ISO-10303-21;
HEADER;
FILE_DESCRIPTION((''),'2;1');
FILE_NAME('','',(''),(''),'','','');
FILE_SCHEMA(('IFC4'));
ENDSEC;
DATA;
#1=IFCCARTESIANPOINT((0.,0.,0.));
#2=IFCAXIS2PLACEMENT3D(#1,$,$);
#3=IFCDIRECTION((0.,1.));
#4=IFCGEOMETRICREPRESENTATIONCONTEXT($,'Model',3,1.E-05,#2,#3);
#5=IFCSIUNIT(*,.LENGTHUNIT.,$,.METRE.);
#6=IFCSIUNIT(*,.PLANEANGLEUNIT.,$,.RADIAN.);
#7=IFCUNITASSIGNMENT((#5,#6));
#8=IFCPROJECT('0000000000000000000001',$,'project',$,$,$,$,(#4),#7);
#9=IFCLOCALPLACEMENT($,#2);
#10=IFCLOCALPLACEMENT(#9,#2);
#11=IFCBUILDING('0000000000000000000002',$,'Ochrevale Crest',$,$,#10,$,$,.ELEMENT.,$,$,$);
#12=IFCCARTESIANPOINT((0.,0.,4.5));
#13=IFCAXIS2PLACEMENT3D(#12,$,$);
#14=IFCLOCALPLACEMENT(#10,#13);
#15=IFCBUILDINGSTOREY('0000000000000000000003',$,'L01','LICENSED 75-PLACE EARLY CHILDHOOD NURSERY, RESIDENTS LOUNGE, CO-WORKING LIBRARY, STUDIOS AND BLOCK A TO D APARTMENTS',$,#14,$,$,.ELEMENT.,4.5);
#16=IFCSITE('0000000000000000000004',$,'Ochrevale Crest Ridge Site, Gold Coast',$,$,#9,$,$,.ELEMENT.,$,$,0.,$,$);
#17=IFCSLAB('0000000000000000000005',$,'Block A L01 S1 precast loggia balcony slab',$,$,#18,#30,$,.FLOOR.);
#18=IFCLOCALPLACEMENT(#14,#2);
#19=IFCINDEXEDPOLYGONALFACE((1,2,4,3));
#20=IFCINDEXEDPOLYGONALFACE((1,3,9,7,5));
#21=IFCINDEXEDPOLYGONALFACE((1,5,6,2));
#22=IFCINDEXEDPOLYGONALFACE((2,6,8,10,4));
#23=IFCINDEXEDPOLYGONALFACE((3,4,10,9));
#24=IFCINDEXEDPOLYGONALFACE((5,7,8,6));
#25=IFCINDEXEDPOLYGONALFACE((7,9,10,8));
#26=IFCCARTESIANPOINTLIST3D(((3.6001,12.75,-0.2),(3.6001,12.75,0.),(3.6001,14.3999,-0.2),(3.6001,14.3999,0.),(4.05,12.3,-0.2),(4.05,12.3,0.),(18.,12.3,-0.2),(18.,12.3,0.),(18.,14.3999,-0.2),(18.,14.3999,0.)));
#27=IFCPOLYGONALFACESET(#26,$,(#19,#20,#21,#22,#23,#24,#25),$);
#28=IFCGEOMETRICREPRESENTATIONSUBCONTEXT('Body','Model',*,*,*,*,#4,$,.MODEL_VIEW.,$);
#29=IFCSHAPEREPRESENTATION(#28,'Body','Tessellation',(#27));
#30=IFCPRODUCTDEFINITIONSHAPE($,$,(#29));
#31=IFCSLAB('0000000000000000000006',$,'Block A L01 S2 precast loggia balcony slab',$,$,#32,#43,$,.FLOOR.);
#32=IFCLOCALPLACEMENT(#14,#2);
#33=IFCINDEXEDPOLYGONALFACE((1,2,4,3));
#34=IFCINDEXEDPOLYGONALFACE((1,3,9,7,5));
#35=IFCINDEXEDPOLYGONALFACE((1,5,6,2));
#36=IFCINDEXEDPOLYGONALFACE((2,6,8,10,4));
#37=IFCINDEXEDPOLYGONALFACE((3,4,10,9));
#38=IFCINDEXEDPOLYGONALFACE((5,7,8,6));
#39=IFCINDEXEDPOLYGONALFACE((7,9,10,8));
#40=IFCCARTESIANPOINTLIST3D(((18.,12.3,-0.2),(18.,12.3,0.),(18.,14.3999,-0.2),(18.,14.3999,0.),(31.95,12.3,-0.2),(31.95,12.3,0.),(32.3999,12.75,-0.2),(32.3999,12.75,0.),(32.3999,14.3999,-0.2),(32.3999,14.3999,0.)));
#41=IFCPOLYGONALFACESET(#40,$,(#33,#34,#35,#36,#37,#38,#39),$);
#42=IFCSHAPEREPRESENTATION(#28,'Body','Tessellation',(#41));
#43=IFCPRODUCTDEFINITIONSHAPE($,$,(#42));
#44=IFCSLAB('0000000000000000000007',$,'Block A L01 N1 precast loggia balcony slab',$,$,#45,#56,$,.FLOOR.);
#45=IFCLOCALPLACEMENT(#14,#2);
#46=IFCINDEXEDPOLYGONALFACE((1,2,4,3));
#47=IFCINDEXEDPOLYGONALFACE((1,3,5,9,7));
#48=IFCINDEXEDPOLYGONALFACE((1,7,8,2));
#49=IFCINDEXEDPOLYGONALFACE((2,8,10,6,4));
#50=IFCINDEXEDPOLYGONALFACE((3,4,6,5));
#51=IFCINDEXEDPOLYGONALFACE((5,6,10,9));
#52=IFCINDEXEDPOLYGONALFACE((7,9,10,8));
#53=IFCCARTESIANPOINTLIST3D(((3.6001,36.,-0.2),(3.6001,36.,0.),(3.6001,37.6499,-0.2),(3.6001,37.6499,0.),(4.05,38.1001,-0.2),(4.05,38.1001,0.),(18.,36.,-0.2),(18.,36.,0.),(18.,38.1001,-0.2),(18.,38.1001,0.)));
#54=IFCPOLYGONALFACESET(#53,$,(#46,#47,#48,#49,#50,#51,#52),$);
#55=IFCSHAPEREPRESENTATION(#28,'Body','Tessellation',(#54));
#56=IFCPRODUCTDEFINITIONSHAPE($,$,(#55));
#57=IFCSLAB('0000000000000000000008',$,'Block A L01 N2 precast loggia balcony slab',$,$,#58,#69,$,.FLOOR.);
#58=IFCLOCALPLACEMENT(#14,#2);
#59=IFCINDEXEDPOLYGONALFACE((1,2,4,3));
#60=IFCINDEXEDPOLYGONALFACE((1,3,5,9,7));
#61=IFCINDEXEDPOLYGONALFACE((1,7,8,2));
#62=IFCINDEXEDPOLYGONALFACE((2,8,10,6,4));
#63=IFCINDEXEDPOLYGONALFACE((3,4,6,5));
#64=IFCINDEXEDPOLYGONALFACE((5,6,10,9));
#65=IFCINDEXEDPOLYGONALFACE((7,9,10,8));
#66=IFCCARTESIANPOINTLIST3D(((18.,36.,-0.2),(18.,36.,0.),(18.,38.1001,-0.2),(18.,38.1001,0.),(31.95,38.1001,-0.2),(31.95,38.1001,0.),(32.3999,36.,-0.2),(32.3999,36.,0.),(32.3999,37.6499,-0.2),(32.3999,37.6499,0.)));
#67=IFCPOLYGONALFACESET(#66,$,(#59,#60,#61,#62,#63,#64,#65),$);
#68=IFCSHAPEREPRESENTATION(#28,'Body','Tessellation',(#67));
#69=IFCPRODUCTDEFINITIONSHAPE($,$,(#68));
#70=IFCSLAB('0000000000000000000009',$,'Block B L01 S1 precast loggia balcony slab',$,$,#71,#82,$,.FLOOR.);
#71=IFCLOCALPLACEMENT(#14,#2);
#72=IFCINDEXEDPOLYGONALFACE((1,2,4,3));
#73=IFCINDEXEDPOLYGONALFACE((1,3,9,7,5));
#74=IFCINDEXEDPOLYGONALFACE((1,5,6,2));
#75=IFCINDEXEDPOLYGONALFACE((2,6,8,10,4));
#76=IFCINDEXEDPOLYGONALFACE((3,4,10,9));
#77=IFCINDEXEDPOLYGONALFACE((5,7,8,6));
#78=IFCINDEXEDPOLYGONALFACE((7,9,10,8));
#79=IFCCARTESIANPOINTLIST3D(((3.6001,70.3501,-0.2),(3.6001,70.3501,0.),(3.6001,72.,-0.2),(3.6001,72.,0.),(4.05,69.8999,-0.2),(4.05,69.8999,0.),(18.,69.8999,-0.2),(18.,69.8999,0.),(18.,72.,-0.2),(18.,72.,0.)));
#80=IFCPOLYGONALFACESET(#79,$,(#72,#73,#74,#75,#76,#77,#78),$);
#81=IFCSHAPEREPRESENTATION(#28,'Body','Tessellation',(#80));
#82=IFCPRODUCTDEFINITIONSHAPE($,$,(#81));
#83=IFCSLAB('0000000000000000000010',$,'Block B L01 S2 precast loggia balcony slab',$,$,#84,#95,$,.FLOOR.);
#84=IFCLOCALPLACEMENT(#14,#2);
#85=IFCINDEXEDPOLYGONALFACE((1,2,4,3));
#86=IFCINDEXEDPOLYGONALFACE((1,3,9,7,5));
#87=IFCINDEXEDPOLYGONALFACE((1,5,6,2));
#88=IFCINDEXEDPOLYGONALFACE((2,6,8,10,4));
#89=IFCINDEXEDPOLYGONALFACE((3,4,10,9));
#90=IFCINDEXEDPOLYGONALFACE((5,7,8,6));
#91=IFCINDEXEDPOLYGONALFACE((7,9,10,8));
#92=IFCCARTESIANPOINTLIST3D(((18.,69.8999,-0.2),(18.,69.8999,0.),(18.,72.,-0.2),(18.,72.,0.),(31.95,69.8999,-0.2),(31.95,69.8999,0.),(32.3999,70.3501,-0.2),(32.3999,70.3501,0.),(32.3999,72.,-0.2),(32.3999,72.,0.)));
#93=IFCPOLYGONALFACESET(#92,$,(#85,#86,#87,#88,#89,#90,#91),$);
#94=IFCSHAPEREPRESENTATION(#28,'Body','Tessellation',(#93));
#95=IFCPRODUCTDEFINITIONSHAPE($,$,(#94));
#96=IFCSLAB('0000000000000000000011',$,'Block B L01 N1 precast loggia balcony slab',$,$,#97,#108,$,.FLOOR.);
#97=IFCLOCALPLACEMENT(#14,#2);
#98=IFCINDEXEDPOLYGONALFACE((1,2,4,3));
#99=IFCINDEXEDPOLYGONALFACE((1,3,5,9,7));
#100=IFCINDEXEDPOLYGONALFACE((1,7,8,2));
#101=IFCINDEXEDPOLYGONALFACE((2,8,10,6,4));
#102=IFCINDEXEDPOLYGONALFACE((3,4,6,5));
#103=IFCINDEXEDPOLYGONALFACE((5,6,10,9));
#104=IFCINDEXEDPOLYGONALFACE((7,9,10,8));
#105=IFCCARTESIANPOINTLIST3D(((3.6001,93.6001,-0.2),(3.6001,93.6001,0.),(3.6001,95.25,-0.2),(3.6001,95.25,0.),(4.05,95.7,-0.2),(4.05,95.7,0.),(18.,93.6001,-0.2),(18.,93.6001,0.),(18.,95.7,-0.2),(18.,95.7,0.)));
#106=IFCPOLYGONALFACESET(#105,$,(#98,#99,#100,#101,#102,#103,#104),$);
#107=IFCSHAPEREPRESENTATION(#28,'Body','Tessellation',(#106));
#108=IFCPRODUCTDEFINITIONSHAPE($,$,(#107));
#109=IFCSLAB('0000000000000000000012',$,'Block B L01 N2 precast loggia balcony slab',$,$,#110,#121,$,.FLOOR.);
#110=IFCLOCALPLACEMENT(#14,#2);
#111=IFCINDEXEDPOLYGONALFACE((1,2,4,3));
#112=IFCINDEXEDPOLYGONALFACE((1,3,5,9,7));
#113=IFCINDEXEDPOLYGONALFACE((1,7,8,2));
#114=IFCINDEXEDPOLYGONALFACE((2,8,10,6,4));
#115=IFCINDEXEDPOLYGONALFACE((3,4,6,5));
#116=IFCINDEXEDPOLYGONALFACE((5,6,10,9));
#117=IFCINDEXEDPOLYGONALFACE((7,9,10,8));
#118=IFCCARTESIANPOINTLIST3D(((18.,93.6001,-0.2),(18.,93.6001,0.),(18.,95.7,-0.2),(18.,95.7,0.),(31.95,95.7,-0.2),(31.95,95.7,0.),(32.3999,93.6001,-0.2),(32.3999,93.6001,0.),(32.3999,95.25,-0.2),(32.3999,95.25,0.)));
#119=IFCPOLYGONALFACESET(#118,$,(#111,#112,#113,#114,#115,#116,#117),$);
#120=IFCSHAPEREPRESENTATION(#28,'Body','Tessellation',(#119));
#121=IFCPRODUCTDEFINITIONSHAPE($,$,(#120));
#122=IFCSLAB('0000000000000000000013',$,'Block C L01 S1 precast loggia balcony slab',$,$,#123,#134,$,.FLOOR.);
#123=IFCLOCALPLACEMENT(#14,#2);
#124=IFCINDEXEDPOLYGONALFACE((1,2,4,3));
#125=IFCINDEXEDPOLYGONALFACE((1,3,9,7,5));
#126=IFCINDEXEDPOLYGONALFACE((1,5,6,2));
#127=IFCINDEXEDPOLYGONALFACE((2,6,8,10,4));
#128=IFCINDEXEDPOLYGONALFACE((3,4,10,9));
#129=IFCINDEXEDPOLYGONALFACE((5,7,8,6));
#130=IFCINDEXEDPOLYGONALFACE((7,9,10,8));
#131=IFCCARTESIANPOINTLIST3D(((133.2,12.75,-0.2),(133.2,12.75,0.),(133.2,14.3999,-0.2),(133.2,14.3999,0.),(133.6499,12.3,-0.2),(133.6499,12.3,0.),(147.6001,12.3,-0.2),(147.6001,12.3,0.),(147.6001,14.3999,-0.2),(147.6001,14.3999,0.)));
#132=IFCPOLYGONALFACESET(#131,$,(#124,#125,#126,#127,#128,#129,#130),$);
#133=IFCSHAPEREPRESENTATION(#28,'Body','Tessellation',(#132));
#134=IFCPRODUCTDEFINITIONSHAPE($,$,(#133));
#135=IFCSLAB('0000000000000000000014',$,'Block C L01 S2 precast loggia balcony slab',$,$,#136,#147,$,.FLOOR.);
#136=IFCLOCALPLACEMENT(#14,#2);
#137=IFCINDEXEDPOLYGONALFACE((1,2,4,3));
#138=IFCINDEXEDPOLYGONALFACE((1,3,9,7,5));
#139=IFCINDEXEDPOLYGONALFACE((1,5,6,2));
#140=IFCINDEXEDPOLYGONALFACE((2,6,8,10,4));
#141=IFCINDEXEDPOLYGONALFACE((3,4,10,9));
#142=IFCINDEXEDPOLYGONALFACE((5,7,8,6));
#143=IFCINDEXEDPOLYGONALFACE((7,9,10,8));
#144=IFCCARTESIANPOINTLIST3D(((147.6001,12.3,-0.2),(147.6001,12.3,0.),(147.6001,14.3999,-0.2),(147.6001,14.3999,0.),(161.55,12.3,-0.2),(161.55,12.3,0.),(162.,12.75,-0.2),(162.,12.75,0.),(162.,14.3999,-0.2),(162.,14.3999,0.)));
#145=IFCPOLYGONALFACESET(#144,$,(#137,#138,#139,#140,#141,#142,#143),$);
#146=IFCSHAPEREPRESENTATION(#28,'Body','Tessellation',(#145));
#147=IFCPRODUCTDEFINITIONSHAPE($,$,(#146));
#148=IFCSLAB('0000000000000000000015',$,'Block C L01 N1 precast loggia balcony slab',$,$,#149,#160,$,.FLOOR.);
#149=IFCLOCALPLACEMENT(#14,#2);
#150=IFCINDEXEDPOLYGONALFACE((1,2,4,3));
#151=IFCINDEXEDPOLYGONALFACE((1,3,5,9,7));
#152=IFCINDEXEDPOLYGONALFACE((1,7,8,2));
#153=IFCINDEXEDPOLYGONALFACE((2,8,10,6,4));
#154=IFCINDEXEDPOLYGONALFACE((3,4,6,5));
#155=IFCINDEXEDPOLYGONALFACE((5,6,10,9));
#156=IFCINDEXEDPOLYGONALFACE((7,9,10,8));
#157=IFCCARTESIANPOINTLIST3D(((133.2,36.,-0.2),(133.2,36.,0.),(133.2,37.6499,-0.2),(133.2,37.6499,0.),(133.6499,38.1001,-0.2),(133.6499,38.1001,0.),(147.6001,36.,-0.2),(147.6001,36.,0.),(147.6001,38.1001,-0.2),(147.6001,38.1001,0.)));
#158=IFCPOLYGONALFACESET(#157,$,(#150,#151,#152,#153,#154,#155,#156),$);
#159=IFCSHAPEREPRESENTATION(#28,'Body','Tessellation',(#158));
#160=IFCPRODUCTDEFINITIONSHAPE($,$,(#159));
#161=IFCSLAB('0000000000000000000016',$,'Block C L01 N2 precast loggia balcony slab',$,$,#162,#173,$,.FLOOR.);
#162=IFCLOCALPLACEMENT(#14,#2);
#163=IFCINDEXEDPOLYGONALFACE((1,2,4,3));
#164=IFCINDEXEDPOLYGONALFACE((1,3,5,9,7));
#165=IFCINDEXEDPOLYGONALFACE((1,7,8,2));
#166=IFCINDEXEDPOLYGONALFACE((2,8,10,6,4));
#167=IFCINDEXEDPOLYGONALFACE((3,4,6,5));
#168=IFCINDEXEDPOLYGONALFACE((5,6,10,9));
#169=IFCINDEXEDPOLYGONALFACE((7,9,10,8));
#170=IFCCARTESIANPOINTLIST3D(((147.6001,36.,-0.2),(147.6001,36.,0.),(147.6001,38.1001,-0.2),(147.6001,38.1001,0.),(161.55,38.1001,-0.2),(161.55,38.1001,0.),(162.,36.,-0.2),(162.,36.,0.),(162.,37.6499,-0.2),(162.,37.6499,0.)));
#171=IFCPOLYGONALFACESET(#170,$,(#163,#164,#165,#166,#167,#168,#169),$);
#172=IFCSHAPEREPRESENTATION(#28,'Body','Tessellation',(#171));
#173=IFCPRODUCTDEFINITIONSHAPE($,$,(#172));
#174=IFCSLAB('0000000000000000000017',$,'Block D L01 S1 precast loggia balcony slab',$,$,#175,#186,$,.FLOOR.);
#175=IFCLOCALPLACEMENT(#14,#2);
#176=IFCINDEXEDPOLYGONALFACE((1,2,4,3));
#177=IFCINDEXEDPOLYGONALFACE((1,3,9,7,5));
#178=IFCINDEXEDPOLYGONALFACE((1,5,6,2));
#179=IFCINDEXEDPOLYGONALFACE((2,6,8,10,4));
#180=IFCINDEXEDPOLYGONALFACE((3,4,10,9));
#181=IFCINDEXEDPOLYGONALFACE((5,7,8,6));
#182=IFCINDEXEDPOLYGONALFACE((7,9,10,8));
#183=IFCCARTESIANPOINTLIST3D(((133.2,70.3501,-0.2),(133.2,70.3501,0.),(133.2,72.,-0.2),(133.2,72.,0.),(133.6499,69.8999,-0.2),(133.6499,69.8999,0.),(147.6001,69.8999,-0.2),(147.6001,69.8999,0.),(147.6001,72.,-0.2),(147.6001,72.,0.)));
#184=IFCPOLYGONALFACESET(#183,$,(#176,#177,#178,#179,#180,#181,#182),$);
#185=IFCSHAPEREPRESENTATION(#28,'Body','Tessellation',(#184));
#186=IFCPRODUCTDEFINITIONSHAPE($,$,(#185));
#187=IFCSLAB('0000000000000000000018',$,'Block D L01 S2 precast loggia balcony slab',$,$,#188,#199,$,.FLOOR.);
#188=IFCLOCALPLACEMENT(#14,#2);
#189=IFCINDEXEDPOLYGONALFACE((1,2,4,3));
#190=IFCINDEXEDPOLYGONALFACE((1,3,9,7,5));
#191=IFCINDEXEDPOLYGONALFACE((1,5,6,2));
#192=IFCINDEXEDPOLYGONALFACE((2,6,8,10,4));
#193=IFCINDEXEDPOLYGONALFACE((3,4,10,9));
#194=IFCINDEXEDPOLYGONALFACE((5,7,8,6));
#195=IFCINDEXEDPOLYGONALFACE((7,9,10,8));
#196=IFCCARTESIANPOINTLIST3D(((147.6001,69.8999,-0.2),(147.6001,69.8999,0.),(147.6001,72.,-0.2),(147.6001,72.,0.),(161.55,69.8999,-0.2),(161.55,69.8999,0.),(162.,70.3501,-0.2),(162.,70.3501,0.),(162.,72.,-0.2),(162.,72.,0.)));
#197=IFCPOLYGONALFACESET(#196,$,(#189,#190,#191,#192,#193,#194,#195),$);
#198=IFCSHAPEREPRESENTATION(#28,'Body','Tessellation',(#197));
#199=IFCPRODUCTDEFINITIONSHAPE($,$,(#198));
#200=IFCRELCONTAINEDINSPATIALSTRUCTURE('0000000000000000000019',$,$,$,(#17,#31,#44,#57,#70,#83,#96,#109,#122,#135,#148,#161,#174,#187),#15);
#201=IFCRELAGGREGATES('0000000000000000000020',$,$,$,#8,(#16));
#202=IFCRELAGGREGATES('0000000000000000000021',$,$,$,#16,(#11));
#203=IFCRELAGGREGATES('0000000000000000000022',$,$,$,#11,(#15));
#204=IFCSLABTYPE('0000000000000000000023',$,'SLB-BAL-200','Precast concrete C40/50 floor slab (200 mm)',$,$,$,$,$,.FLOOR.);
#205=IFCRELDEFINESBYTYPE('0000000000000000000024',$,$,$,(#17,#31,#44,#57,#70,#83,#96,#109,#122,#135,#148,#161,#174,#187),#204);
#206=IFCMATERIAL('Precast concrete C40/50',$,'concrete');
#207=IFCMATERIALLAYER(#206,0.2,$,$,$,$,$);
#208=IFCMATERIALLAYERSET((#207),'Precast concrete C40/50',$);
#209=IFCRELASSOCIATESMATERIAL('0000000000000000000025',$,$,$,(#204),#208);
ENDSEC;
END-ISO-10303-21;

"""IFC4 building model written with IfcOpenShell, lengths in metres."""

from ifc_helpers import new_model, si_unit, direction, frame, origin, place, context, subcontext, project, spatial, polyline, outline, extrude, material, layer, layer_set, type_object, element, save


model = new_model("IFC4")

# Units and contexts
model_context = context("Model", 3, precision=1e-05, world=origin(), true_north=direction((0.0, 1.0)))
body_context = subcontext(model_context, "Body", "Model", "MODEL_VIEW")
ifc_project = project(units=[si_unit("LENGTHUNIT", "METRE"), si_unit("PLANEANGLEUNIT", "RADIAN")], contexts=[model_context])

# Site, building, storey
site_placement = place(None, origin())
site = spatial("IfcSite", under=ifc_project, at=site_placement, Name="Ochrevale Crest Ridge Site, Gold Coast", CompositionType="ELEMENT", RefElevation=0.0)
building_placement = place(site_placement, origin())
building = spatial("IfcBuilding", under=site, at=building_placement, Name="Ochrevale Crest", CompositionType="ELEMENT")
storey_placement = place(building_placement, frame((0.0, 0.0, 4.5)))
storey = spatial("IfcBuildingStorey", under=building, at=storey_placement, Name="L01", Description="LICENSED 75-PLACE EARLY CHILDHOOD NURSERY, RESIDENTS LOUNGE, CO-WORKING LIBRARY, STUDIOS AND BLOCK A TO D APARTMENTS", CompositionType="ELEMENT", Elevation=4.5)

# Slabs
ifc_material_1 = material(Name="Precast concrete C40/50", Category="concrete")
ifc_layer_1 = layer(ifc_material_1, 0.2)
ifc_layer_set_1 = layer_set([ifc_layer_1], Name="Precast concrete C40/50")
slab_type_1 = type_object("IfcSlabType", Name="SLB-BAL-200", Description="Precast concrete C40/50 floor slab (200 mm)", PredefinedType="FLOOR", material=ifc_layer_set_1)
slab_1_placement = place(storey_placement, frame((0.0, 0.0, -0.2)))
element("IfcSlab", 1, at=slab_1_placement, inside=storey, type_object=slab_type_1, Name="Block A L01 S1 precast loggia balcony slab", PredefinedType="FLOOR", context=body_context, shape_type="SweptSolid", body=[
    extrude(outline(polyline([(4.05, 12.3), (18.0, 12.3), (18.0, 14.3999), (3.6001, 14.3999), (3.6001, 12.75), (4.05, 12.3)])), origin(), (0.0, 0.0, 1.0), 0.2),
])
slab_2_placement = place(storey_placement, frame((0.0, 0.0, -0.2)))
element("IfcSlab", 2, at=slab_2_placement, inside=storey, type_object=slab_type_1, Name="Block A L01 S2 precast loggia balcony slab", PredefinedType="FLOOR", context=body_context, shape_type="SweptSolid", body=[
    extrude(outline(polyline([(18.0, 12.3), (31.95, 12.3), (32.3999, 12.75), (32.3999, 14.3999), (18.0, 14.3999), (18.0, 12.3)])), origin(), (0.0, 0.0, 1.0), 0.2),
])
slab_3_placement = place(storey_placement, frame((0.0, 0.0, -0.2)))
element("IfcSlab", 3, at=slab_3_placement, inside=storey, type_object=slab_type_1, Name="Block A L01 N1 precast loggia balcony slab", PredefinedType="FLOOR", context=body_context, shape_type="SweptSolid", body=[
    extrude(outline(polyline([(3.6001, 36.0), (18.0, 36.0), (18.0, 38.1001), (4.05, 38.1001), (3.6001, 37.6499), (3.6001, 36.0)])), origin(), (0.0, 0.0, 1.0), 0.2),
])
slab_4_placement = place(storey_placement, frame((0.0, 0.0, -0.2)))
element("IfcSlab", 4, at=slab_4_placement, inside=storey, type_object=slab_type_1, Name="Block A L01 N2 precast loggia balcony slab", PredefinedType="FLOOR", context=body_context, shape_type="SweptSolid", body=[
    extrude(outline(polyline([(18.0, 36.0), (32.3999, 36.0), (32.3999, 37.6499), (31.95, 38.1001), (18.0, 38.1001), (18.0, 36.0)])), origin(), (0.0, 0.0, 1.0), 0.2),
])
slab_5_placement = place(storey_placement, frame((0.0, 0.0, -0.2)))
element("IfcSlab", 5, at=slab_5_placement, inside=storey, type_object=slab_type_1, Name="Block B L01 S1 precast loggia balcony slab", PredefinedType="FLOOR", context=body_context, shape_type="SweptSolid", body=[
    extrude(outline(polyline([(4.05, 69.8999), (18.0, 69.8999), (18.0, 72.0), (3.6001, 72.0), (3.6001, 70.3501), (4.05, 69.8999)])), origin(), (0.0, 0.0, 1.0), 0.2),
])
slab_6_placement = place(storey_placement, frame((0.0, 0.0, -0.2)))
element("IfcSlab", 6, at=slab_6_placement, inside=storey, type_object=slab_type_1, Name="Block B L01 S2 precast loggia balcony slab", PredefinedType="FLOOR", context=body_context, shape_type="SweptSolid", body=[
    extrude(outline(polyline([(18.0, 69.8999), (31.95, 69.8999), (32.3999, 70.3501), (32.3999, 72.0), (18.0, 72.0), (18.0, 69.8999)])), origin(), (0.0, 0.0, 1.0), 0.2),
])
slab_7_placement = place(storey_placement, frame((0.0, 0.0, -0.2)))
element("IfcSlab", 7, at=slab_7_placement, inside=storey, type_object=slab_type_1, Name="Block B L01 N1 precast loggia balcony slab", PredefinedType="FLOOR", context=body_context, shape_type="SweptSolid", body=[
    extrude(outline(polyline([(3.6001, 93.6001), (18.0, 93.6001), (18.0, 95.7), (4.05, 95.7), (3.6001, 95.25), (3.6001, 93.6001)])), origin(), (0.0, 0.0, 1.0), 0.2),
])
slab_8_placement = place(storey_placement, frame((0.0, 0.0, -0.2)))
element("IfcSlab", 8, at=slab_8_placement, inside=storey, type_object=slab_type_1, Name="Block B L01 N2 precast loggia balcony slab", PredefinedType="FLOOR", context=body_context, shape_type="SweptSolid", body=[
    extrude(outline(polyline([(18.0, 93.6001), (32.3999, 93.6001), (32.3999, 95.25), (31.95, 95.7), (18.0, 95.7), (18.0, 93.6001)])), origin(), (0.0, 0.0, 1.0), 0.2),
])
slab_9_placement = place(storey_placement, frame((0.0, 0.0, -0.2)))
element("IfcSlab", 9, at=slab_9_placement, inside=storey, type_object=slab_type_1, Name="Block C L01 S1 precast loggia balcony slab", PredefinedType="FLOOR", context=body_context, shape_type="SweptSolid", body=[
    extrude(outline(polyline([(133.6499, 12.3), (147.6001, 12.3), (147.6001, 14.3999), (133.2, 14.3999), (133.2, 12.75), (133.6499, 12.3)])), origin(), (0.0, 0.0, 1.0), 0.2),
])
slab_10_placement = place(storey_placement, frame((0.0, 0.0, -0.2)))
element("IfcSlab", 10, at=slab_10_placement, inside=storey, type_object=slab_type_1, Name="Block C L01 S2 precast loggia balcony slab", PredefinedType="FLOOR", context=body_context, shape_type="SweptSolid", body=[
    extrude(outline(polyline([(147.6001, 12.3), (161.55, 12.3), (162.0, 12.75), (162.0, 14.3999), (147.6001, 14.3999), (147.6001, 12.3)])), origin(), (0.0, 0.0, 1.0), 0.2),
])
slab_11_placement = place(storey_placement, frame((0.0, 0.0, -0.2)))
element("IfcSlab", 11, at=slab_11_placement, inside=storey, type_object=slab_type_1, Name="Block C L01 N1 precast loggia balcony slab", PredefinedType="FLOOR", context=body_context, shape_type="SweptSolid", body=[
    extrude(outline(polyline([(133.2, 36.0), (147.6001, 36.0), (147.6001, 38.1001), (133.6499, 38.1001), (133.2, 37.6499), (133.2, 36.0)])), origin(), (0.0, 0.0, 1.0), 0.2),
])
slab_12_placement = place(storey_placement, frame((0.0, 0.0, -0.2)))
element("IfcSlab", 12, at=slab_12_placement, inside=storey, type_object=slab_type_1, Name="Block C L01 N2 precast loggia balcony slab", PredefinedType="FLOOR", context=body_context, shape_type="SweptSolid", body=[
    extrude(outline(polyline([(147.6001, 36.0), (162.0, 36.0), (162.0, 37.6499), (161.55, 38.1001), (147.6001, 38.1001), (147.6001, 36.0)])), origin(), (0.0, 0.0, 1.0), 0.2),
])
slab_13_placement = place(storey_placement, frame((0.0, 0.0, -0.2)))
element("IfcSlab", 13, at=slab_13_placement, inside=storey, type_object=slab_type_1, Name="Block D L01 S1 precast loggia balcony slab", PredefinedType="FLOOR", context=body_context, shape_type="SweptSolid", body=[
    extrude(outline(polyline([(133.6499, 69.8999), (147.6001, 69.8999), (147.6001, 72.0), (133.2, 72.0), (133.2, 70.3501), (133.6499, 69.8999)])), origin(), (0.0, 0.0, 1.0), 0.2),
])
slab_14_placement = place(storey_placement, frame((0.0, 0.0, -0.2)))
element("IfcSlab", 14, at=slab_14_placement, inside=storey, type_object=slab_type_1, Name="Block D L01 S2 precast loggia balcony slab", PredefinedType="FLOOR", context=body_context, shape_type="SweptSolid", body=[
    extrude(outline(polyline([(147.6001, 69.8999), (161.55, 69.8999), (162.0, 70.3501), (162.0, 72.0), (147.6001, 72.0), (147.6001, 69.8999)])), origin(), (0.0, 0.0, 1.0), 0.2),
])

save(model, "model.ifc")
